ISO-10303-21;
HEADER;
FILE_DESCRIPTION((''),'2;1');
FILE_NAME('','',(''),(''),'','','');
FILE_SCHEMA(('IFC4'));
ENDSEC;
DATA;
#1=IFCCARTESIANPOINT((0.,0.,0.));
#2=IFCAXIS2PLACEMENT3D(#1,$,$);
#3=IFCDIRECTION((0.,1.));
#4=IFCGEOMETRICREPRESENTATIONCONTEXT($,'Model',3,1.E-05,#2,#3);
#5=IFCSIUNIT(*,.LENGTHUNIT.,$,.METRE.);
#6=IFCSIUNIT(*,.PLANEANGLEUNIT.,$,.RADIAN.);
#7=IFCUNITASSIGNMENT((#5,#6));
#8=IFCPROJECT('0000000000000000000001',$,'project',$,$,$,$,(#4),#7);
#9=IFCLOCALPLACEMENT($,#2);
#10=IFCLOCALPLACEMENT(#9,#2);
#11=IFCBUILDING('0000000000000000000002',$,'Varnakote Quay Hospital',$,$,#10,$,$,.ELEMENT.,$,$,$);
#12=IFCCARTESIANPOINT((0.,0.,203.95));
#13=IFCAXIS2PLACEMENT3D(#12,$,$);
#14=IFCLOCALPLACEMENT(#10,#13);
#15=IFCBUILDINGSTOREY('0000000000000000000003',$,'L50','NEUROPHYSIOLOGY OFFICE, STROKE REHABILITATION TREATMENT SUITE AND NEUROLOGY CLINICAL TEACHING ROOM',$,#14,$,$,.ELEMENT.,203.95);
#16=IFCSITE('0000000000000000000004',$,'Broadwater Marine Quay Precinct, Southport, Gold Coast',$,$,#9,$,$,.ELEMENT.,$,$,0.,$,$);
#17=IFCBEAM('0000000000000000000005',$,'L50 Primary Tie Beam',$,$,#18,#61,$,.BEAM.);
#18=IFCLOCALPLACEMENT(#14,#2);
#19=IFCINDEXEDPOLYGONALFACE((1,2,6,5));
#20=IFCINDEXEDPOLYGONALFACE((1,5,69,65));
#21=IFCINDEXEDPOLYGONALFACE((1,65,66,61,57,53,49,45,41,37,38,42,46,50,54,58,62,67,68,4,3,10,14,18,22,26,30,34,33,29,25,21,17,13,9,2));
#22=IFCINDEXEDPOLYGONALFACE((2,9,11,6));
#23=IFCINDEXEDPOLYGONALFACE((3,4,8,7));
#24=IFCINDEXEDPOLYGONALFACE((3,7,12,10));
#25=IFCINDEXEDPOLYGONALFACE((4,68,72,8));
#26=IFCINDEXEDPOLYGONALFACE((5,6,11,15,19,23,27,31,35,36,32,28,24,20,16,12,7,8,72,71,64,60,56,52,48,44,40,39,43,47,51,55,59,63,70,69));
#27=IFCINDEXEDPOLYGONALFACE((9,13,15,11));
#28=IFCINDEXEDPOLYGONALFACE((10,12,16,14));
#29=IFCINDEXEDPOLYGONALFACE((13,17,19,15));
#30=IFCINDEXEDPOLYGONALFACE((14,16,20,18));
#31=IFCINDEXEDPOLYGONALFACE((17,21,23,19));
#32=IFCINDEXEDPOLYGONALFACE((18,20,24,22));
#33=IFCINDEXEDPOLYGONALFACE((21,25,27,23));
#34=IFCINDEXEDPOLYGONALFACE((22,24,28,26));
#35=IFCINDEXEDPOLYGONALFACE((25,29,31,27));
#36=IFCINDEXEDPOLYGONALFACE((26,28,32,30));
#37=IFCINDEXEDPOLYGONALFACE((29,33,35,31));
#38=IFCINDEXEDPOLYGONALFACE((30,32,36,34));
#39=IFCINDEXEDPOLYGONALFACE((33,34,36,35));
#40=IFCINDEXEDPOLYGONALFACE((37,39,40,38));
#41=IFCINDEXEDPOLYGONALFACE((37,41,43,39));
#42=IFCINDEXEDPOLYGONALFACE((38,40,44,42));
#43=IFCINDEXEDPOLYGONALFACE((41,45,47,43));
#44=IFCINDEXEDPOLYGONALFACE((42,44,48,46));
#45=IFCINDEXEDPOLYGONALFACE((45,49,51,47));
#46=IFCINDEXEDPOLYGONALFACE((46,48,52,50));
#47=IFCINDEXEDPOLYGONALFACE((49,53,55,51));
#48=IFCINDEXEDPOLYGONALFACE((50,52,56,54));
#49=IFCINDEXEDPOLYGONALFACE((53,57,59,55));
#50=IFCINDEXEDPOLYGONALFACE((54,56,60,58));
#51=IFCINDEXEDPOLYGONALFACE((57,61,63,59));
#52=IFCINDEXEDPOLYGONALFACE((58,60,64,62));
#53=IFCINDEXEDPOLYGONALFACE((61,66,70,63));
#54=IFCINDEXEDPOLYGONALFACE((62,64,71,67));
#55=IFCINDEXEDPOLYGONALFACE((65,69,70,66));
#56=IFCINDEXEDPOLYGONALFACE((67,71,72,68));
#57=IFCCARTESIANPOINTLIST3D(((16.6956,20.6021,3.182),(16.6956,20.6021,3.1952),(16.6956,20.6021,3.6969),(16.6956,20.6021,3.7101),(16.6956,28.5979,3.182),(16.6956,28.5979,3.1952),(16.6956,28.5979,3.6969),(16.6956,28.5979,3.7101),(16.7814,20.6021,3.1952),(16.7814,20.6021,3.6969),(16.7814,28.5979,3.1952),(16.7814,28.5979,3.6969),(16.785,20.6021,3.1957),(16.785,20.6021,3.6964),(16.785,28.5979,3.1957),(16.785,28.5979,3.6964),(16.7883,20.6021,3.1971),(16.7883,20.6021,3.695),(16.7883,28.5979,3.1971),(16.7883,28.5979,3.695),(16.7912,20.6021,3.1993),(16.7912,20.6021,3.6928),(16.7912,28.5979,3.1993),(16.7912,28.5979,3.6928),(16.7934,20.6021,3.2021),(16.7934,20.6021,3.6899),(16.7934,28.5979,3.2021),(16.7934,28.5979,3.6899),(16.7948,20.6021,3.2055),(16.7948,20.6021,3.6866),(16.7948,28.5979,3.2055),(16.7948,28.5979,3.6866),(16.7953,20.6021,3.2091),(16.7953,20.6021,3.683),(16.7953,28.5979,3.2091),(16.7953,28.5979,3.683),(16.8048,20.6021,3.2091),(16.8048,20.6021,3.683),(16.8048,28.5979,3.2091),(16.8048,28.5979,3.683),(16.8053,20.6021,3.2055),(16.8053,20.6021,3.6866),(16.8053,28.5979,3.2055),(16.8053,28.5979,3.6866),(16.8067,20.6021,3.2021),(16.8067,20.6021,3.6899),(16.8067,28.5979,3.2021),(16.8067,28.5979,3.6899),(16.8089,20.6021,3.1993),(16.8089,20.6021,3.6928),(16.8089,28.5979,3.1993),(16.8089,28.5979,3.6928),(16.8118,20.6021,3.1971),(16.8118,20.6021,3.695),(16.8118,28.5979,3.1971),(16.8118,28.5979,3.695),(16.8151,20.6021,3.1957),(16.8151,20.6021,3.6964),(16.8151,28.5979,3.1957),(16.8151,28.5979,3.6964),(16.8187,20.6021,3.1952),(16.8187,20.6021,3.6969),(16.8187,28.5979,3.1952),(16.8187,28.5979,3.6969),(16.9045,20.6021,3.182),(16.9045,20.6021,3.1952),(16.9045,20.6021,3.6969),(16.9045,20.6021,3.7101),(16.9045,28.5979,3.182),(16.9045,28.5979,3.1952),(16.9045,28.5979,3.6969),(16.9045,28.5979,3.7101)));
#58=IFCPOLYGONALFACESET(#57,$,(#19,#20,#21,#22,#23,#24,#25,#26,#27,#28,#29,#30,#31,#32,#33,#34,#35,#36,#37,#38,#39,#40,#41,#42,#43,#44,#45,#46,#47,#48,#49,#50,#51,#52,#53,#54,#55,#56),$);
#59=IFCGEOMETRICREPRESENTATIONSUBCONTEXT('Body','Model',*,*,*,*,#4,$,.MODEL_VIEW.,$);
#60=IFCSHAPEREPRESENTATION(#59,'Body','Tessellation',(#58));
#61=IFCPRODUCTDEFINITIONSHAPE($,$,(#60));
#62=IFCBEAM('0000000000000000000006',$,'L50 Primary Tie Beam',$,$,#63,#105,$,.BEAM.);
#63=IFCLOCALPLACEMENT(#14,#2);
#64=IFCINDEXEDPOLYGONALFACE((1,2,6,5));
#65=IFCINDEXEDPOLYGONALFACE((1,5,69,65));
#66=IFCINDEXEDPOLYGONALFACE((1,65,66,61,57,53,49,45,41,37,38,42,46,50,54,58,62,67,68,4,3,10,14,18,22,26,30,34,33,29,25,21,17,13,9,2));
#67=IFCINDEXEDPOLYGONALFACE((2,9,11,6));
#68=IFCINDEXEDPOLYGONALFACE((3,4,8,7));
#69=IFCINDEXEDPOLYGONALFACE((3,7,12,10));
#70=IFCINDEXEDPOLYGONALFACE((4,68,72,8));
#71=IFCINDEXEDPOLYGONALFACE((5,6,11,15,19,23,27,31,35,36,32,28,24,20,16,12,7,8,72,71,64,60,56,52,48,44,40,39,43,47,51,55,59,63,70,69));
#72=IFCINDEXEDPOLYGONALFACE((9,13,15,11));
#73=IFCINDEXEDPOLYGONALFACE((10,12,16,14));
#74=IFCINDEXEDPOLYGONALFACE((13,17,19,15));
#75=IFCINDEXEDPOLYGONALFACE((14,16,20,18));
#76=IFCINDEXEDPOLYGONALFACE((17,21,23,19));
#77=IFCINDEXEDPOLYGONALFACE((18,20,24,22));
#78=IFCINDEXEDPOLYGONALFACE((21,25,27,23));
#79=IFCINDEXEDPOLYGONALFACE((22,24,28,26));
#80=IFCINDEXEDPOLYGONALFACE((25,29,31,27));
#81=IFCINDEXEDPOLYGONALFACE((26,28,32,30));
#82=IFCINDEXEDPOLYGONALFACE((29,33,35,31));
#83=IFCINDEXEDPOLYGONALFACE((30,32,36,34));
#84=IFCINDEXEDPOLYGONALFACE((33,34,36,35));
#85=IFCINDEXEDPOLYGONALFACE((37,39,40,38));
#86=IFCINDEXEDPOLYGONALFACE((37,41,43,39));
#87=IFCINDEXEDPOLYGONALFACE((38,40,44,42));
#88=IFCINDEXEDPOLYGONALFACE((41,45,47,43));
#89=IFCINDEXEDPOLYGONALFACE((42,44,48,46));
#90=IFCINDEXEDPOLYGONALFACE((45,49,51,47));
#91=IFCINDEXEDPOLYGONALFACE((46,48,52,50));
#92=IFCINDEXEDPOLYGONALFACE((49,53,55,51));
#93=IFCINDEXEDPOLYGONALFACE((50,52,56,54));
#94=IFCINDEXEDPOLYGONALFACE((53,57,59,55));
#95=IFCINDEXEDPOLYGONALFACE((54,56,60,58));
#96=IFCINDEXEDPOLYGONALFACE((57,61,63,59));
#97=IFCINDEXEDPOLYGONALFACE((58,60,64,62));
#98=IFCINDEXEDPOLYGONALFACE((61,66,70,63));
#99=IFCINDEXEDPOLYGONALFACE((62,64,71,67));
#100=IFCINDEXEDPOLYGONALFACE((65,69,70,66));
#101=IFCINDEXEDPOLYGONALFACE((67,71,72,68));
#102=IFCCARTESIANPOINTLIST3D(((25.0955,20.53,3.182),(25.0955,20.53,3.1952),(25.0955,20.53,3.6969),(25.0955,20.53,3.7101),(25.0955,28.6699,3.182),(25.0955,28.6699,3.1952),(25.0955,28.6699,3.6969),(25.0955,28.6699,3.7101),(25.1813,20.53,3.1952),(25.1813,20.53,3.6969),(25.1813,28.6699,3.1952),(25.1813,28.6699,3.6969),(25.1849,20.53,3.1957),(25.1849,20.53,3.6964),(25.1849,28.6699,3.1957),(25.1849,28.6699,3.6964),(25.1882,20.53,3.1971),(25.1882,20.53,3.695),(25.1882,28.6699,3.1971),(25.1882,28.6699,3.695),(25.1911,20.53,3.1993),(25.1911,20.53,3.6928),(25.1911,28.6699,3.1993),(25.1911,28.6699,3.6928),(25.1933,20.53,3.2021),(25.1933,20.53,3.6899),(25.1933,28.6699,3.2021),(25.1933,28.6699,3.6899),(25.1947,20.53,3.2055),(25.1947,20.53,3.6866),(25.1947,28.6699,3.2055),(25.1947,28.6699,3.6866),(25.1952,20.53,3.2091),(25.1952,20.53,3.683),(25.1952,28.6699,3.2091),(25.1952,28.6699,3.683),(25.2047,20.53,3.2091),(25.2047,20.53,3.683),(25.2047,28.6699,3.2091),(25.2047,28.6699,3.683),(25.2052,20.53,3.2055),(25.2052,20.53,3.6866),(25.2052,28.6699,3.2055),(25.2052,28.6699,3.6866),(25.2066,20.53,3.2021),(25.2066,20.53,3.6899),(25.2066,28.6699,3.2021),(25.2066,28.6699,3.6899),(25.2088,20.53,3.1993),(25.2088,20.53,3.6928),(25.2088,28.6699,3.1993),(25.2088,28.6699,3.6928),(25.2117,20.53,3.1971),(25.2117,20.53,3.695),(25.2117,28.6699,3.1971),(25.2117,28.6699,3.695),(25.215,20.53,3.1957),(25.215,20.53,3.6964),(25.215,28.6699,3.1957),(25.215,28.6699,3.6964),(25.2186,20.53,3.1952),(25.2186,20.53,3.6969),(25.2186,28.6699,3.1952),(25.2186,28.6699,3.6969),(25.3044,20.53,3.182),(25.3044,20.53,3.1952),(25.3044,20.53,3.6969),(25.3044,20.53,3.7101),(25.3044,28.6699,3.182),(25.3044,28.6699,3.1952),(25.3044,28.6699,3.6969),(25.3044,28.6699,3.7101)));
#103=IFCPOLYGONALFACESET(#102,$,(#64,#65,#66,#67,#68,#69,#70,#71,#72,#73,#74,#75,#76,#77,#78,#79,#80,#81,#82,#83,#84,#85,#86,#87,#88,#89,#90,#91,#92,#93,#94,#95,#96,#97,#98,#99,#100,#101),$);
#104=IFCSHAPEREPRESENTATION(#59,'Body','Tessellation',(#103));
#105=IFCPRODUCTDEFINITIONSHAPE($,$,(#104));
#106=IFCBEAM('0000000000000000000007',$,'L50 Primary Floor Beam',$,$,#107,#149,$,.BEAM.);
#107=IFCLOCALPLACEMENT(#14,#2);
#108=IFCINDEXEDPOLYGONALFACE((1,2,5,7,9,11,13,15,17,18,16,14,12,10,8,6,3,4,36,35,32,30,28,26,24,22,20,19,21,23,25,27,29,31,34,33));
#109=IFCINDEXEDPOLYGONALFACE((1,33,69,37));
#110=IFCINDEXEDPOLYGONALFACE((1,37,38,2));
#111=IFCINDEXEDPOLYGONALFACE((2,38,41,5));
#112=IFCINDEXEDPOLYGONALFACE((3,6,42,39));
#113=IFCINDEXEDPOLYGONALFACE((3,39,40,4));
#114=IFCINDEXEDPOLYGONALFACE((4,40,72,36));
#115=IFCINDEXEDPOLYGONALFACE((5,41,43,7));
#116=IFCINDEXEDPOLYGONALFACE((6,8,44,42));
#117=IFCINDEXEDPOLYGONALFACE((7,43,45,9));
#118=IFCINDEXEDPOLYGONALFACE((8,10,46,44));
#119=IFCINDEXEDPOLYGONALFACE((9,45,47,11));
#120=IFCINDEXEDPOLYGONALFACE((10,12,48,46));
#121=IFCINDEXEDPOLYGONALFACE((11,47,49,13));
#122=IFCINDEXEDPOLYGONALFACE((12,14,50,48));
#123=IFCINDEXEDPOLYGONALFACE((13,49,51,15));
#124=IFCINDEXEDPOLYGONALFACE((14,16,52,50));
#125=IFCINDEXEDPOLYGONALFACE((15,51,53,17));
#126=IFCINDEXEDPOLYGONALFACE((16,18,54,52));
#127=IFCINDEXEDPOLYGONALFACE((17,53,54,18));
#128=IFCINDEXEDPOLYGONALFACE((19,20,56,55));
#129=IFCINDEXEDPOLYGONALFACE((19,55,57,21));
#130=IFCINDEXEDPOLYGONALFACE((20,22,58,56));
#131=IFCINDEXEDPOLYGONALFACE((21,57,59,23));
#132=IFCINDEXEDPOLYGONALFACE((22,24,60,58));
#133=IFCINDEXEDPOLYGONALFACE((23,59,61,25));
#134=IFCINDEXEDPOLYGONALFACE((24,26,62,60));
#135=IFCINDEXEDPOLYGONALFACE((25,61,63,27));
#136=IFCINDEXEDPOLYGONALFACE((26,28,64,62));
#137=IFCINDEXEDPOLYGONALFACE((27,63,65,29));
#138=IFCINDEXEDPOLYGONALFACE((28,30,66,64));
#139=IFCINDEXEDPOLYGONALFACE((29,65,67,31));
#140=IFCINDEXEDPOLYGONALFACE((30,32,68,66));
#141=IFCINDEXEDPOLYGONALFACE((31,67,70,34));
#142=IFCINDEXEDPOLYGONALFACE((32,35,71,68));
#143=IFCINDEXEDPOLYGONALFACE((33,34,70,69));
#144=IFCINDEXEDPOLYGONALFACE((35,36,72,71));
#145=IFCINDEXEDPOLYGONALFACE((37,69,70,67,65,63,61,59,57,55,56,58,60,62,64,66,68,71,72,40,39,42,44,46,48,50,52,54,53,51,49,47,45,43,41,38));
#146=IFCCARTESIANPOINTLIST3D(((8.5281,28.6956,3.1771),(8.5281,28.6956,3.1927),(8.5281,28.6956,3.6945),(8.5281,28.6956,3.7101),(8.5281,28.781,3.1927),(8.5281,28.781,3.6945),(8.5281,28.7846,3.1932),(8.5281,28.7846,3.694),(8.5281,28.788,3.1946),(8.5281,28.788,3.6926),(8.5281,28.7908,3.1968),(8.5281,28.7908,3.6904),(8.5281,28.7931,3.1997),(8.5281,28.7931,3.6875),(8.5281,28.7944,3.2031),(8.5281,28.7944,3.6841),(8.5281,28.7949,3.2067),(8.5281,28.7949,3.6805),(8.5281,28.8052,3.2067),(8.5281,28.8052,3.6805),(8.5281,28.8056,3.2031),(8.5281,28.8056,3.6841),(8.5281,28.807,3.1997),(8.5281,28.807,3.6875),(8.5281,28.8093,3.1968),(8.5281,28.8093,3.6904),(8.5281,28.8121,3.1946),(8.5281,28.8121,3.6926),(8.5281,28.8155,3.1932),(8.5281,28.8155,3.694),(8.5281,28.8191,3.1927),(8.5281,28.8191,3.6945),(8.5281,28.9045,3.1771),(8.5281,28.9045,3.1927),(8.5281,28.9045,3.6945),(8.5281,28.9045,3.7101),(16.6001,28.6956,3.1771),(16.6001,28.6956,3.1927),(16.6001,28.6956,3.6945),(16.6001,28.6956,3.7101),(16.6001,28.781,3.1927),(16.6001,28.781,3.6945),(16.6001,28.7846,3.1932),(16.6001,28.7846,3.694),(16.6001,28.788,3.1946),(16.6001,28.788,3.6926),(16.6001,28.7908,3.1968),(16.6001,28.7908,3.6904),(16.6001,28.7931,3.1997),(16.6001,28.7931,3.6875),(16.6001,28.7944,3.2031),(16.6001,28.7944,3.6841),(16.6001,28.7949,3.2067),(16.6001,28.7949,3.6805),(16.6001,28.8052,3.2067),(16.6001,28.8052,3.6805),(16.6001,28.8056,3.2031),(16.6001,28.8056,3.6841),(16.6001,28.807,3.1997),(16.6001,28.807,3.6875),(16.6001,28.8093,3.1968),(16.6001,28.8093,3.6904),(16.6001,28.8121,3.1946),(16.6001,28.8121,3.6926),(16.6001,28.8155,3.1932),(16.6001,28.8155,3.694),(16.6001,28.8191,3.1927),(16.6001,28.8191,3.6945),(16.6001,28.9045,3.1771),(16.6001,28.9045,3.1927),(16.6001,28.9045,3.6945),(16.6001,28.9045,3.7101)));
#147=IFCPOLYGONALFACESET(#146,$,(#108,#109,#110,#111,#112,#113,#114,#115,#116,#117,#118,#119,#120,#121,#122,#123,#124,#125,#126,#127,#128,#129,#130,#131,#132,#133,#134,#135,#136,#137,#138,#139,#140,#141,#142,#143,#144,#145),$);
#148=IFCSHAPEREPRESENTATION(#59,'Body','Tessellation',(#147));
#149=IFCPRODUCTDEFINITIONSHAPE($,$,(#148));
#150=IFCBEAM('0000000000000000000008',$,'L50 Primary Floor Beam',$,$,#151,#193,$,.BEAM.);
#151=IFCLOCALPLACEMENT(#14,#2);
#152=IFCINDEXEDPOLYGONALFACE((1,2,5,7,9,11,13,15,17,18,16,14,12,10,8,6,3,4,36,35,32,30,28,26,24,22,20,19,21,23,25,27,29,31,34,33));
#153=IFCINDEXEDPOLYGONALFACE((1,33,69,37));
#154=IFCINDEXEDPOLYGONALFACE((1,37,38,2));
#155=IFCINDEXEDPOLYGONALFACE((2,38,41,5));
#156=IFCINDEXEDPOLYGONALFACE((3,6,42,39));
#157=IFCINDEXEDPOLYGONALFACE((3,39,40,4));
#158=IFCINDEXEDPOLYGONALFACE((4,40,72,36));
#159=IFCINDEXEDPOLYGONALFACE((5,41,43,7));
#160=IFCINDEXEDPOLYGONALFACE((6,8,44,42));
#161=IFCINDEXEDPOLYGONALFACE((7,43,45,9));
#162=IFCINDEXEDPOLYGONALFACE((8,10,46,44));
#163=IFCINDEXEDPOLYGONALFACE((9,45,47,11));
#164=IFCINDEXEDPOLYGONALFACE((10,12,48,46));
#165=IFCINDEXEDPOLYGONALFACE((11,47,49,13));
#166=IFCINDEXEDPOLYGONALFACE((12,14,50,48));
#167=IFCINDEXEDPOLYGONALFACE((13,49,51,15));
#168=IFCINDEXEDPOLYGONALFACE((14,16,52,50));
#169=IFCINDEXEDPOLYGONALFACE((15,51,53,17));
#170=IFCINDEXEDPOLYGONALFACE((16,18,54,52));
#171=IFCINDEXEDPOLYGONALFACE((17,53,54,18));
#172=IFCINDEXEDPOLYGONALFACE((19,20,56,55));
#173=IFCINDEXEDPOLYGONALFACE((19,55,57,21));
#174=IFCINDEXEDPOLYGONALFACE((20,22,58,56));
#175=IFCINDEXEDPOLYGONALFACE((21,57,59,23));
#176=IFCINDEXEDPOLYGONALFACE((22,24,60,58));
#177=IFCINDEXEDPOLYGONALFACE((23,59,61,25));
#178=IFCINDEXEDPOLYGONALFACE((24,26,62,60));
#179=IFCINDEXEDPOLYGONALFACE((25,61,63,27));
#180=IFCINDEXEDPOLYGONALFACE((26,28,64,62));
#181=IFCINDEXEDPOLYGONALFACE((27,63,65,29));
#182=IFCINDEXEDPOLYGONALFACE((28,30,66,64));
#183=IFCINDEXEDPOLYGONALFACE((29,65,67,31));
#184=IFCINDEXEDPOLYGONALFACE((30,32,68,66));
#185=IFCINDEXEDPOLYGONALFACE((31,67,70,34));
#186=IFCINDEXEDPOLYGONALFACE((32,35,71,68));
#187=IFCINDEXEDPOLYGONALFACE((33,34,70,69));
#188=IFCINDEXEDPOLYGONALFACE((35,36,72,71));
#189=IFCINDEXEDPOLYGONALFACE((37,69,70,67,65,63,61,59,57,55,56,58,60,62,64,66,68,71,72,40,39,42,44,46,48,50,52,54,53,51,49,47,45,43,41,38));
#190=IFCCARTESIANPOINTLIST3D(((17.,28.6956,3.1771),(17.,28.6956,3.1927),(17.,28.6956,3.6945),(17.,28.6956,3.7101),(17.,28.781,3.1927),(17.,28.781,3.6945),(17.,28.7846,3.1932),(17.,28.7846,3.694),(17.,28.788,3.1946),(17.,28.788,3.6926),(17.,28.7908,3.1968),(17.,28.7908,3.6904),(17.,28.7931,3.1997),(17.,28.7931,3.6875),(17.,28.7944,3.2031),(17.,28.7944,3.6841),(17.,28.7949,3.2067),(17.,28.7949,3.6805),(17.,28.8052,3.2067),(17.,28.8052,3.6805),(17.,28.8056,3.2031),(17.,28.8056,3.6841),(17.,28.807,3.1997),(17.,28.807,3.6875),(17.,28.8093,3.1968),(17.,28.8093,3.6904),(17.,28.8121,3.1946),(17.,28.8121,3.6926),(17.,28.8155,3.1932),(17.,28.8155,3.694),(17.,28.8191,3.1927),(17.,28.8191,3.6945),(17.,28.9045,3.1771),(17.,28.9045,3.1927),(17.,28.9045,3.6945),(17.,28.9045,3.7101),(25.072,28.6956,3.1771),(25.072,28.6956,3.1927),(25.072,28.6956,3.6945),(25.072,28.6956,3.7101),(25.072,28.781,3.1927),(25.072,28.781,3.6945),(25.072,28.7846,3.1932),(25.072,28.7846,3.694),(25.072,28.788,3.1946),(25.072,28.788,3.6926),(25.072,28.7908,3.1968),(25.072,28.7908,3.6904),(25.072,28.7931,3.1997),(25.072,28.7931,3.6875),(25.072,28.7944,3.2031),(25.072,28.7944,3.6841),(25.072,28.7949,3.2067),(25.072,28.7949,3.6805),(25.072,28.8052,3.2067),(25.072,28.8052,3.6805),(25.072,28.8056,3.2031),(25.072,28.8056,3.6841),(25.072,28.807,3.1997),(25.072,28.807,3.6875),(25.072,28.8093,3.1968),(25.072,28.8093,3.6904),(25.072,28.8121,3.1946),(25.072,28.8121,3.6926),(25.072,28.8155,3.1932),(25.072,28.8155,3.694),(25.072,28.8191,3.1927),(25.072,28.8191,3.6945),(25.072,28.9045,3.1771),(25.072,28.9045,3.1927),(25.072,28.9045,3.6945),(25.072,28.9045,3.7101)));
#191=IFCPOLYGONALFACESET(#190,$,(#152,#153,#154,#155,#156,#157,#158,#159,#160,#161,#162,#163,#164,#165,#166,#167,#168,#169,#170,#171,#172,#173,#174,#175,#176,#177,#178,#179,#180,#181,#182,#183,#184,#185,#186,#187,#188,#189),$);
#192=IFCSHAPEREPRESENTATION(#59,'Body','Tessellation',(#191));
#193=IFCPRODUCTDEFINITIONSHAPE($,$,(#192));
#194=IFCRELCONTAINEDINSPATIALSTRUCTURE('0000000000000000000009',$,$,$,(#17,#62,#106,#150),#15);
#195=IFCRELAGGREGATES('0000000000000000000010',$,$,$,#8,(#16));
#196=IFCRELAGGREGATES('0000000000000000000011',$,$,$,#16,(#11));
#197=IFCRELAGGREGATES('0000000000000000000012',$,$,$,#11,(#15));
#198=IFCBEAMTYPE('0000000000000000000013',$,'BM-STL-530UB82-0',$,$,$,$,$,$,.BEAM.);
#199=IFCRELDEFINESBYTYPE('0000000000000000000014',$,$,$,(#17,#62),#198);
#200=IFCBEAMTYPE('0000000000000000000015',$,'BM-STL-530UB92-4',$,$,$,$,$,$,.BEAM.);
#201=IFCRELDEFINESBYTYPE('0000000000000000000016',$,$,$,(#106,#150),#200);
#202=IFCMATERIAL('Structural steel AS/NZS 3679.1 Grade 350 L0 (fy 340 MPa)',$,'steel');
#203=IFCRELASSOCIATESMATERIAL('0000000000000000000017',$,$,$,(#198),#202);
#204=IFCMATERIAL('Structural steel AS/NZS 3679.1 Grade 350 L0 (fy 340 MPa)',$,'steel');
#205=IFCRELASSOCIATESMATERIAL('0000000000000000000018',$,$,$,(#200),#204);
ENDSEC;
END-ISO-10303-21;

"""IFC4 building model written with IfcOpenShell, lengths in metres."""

from ifc_helpers import new_model, si_unit, direction, frame, origin, origin_2d, place, context, subcontext, project, spatial, i_section, extrude, material, material_profile, profile_set, type_object, element, save


model = new_model("IFC4")

# Units and contexts
model_context = context("Model", 3, precision=1e-05, world=origin(), true_north=direction((0.0, 1.0)))
body_context = subcontext(model_context, "Body", "Model", "MODEL_VIEW")
ifc_project = project(units=[si_unit("LENGTHUNIT", "METRE"), si_unit("PLANEANGLEUNIT", "RADIAN")], contexts=[model_context])

# Site, building, storey
site_placement = place(None, origin())
site = spatial("IfcSite", under=ifc_project, at=site_placement, Name="Broadwater Marine Quay Precinct, Southport, Gold Coast", CompositionType="ELEMENT", RefElevation=0.0)
building_placement = place(site_placement, origin())
building = spatial("IfcBuilding", under=site, at=building_placement, Name="Varnakote Quay Hospital", CompositionType="ELEMENT")
storey_placement = place(building_placement, frame((0.0, 0.0, 203.95)))
storey = spatial("IfcBuildingStorey", under=building, at=storey_placement, Name="L50", Description="NEUROPHYSIOLOGY OFFICE, STROKE REHABILITATION TREATMENT SUITE AND NEUROLOGY CLINICAL TEACHING ROOM", CompositionType="ELEMENT", Elevation=203.95)

# Beams
ifc_material_1 = material(Name="Structural steel AS/NZS 3679.1 Grade 350 L0 (fy 340 MPa)", Category="steel")
ifc_material_profile_1 = material_profile(ifc_material_1, i_section(OverallWidth=0.209, OverallDepth=0.5281, WebThickness=0.0095, FlangeThickness=0.0132, FilletRadius=0.0139, at=origin_2d()), Name="530UB82.0")
ifc_profile_set_1 = profile_set([ifc_material_profile_1], Name="Structural steel AS/NZS 3679.1 Grade 350 L0 (fy 340 MPa)")
beam_type_1 = type_object("IfcBeamType", Name="BM-STL-530UB82-0", PredefinedType="BEAM", material=ifc_profile_set_1)
beam_1_placement = place(storey_placement, frame((16.8, 20.6021, 3.446), z_axis=(0.0, 1.0, 0.0), x_axis=(-1.0, 0.0, 0.0)))
element("IfcBeam", 1, at=beam_1_placement, inside=storey, type_object=beam_type_1, Name="L50 Primary Tie Beam", PredefinedType="BEAM", context=body_context, shape_type="SweptSolid", body=[
    extrude(i_section(OverallWidth=0.209, OverallDepth=0.5281, WebThickness=0.0095, FlangeThickness=0.0132, FilletRadius=0.0139, at=origin_2d()), origin(), (0.0, 0.0, 1.0), 7.9958),
])
beam_2_placement = place(storey_placement, frame((25.2, 20.53, 3.446), z_axis=(0.0, 1.0, 0.0), x_axis=(-1.0, 0.0, 0.0)))
element("IfcBeam", 2, at=beam_2_placement, inside=storey, type_object=beam_type_1, Name="L50 Primary Tie Beam", PredefinedType="BEAM", context=body_context, shape_type="SweptSolid", body=[
    extrude(i_section(OverallWidth=0.209, OverallDepth=0.5281, WebThickness=0.0095, FlangeThickness=0.0132, FilletRadius=0.0139, at=origin_2d()), origin(), (0.0, 0.0, 1.0), 8.1399),
])
ifc_material_2 = material(Name="Structural steel AS/NZS 3679.1 Grade 350 L0 (fy 340 MPa)", Category="steel")
ifc_material_profile_2 = material_profile(ifc_material_2, i_section(OverallWidth=0.209, OverallDepth=0.533, WebThickness=0.0103, FlangeThickness=0.0156, FilletRadius=0.0139, at=origin_2d()), Name="530UB92.4")
ifc_profile_set_2 = profile_set([ifc_material_profile_2], Name="Structural steel AS/NZS 3679.1 Grade 350 L0 (fy 340 MPa)")
beam_type_2 = type_object("IfcBeamType", Name="BM-STL-530UB92-4", PredefinedType="BEAM", material=ifc_profile_set_2)
for number, where, z_axis, x_axis, name in (
    (3, (8.5281, 28.8, 3.4436), (1.0, 0.0, 0.0), (0.0, 1.0, 0.0), "L50 Primary Floor Beam"),
    (4, (17.0, 28.8, 3.4436), (1.0, 0.0, 0.0), (0.0, 1.0, 0.0), "L50 Primary Floor Beam"),
):
    element("IfcBeam", number, at=place(storey_placement, frame(where, z_axis=z_axis, x_axis=x_axis)), inside=storey, type_object=beam_type_2, Name=name, PredefinedType="BEAM", context=body_context, shape_type="SweptSolid", body=[
        extrude(i_section(OverallWidth=0.209, OverallDepth=0.533, WebThickness=0.0103, FlangeThickness=0.0156, FilletRadius=0.0139, at=origin_2d()), origin(), (0.0, 0.0, 1.0), 8.072),
    ])

save(model, "model.ifc")
